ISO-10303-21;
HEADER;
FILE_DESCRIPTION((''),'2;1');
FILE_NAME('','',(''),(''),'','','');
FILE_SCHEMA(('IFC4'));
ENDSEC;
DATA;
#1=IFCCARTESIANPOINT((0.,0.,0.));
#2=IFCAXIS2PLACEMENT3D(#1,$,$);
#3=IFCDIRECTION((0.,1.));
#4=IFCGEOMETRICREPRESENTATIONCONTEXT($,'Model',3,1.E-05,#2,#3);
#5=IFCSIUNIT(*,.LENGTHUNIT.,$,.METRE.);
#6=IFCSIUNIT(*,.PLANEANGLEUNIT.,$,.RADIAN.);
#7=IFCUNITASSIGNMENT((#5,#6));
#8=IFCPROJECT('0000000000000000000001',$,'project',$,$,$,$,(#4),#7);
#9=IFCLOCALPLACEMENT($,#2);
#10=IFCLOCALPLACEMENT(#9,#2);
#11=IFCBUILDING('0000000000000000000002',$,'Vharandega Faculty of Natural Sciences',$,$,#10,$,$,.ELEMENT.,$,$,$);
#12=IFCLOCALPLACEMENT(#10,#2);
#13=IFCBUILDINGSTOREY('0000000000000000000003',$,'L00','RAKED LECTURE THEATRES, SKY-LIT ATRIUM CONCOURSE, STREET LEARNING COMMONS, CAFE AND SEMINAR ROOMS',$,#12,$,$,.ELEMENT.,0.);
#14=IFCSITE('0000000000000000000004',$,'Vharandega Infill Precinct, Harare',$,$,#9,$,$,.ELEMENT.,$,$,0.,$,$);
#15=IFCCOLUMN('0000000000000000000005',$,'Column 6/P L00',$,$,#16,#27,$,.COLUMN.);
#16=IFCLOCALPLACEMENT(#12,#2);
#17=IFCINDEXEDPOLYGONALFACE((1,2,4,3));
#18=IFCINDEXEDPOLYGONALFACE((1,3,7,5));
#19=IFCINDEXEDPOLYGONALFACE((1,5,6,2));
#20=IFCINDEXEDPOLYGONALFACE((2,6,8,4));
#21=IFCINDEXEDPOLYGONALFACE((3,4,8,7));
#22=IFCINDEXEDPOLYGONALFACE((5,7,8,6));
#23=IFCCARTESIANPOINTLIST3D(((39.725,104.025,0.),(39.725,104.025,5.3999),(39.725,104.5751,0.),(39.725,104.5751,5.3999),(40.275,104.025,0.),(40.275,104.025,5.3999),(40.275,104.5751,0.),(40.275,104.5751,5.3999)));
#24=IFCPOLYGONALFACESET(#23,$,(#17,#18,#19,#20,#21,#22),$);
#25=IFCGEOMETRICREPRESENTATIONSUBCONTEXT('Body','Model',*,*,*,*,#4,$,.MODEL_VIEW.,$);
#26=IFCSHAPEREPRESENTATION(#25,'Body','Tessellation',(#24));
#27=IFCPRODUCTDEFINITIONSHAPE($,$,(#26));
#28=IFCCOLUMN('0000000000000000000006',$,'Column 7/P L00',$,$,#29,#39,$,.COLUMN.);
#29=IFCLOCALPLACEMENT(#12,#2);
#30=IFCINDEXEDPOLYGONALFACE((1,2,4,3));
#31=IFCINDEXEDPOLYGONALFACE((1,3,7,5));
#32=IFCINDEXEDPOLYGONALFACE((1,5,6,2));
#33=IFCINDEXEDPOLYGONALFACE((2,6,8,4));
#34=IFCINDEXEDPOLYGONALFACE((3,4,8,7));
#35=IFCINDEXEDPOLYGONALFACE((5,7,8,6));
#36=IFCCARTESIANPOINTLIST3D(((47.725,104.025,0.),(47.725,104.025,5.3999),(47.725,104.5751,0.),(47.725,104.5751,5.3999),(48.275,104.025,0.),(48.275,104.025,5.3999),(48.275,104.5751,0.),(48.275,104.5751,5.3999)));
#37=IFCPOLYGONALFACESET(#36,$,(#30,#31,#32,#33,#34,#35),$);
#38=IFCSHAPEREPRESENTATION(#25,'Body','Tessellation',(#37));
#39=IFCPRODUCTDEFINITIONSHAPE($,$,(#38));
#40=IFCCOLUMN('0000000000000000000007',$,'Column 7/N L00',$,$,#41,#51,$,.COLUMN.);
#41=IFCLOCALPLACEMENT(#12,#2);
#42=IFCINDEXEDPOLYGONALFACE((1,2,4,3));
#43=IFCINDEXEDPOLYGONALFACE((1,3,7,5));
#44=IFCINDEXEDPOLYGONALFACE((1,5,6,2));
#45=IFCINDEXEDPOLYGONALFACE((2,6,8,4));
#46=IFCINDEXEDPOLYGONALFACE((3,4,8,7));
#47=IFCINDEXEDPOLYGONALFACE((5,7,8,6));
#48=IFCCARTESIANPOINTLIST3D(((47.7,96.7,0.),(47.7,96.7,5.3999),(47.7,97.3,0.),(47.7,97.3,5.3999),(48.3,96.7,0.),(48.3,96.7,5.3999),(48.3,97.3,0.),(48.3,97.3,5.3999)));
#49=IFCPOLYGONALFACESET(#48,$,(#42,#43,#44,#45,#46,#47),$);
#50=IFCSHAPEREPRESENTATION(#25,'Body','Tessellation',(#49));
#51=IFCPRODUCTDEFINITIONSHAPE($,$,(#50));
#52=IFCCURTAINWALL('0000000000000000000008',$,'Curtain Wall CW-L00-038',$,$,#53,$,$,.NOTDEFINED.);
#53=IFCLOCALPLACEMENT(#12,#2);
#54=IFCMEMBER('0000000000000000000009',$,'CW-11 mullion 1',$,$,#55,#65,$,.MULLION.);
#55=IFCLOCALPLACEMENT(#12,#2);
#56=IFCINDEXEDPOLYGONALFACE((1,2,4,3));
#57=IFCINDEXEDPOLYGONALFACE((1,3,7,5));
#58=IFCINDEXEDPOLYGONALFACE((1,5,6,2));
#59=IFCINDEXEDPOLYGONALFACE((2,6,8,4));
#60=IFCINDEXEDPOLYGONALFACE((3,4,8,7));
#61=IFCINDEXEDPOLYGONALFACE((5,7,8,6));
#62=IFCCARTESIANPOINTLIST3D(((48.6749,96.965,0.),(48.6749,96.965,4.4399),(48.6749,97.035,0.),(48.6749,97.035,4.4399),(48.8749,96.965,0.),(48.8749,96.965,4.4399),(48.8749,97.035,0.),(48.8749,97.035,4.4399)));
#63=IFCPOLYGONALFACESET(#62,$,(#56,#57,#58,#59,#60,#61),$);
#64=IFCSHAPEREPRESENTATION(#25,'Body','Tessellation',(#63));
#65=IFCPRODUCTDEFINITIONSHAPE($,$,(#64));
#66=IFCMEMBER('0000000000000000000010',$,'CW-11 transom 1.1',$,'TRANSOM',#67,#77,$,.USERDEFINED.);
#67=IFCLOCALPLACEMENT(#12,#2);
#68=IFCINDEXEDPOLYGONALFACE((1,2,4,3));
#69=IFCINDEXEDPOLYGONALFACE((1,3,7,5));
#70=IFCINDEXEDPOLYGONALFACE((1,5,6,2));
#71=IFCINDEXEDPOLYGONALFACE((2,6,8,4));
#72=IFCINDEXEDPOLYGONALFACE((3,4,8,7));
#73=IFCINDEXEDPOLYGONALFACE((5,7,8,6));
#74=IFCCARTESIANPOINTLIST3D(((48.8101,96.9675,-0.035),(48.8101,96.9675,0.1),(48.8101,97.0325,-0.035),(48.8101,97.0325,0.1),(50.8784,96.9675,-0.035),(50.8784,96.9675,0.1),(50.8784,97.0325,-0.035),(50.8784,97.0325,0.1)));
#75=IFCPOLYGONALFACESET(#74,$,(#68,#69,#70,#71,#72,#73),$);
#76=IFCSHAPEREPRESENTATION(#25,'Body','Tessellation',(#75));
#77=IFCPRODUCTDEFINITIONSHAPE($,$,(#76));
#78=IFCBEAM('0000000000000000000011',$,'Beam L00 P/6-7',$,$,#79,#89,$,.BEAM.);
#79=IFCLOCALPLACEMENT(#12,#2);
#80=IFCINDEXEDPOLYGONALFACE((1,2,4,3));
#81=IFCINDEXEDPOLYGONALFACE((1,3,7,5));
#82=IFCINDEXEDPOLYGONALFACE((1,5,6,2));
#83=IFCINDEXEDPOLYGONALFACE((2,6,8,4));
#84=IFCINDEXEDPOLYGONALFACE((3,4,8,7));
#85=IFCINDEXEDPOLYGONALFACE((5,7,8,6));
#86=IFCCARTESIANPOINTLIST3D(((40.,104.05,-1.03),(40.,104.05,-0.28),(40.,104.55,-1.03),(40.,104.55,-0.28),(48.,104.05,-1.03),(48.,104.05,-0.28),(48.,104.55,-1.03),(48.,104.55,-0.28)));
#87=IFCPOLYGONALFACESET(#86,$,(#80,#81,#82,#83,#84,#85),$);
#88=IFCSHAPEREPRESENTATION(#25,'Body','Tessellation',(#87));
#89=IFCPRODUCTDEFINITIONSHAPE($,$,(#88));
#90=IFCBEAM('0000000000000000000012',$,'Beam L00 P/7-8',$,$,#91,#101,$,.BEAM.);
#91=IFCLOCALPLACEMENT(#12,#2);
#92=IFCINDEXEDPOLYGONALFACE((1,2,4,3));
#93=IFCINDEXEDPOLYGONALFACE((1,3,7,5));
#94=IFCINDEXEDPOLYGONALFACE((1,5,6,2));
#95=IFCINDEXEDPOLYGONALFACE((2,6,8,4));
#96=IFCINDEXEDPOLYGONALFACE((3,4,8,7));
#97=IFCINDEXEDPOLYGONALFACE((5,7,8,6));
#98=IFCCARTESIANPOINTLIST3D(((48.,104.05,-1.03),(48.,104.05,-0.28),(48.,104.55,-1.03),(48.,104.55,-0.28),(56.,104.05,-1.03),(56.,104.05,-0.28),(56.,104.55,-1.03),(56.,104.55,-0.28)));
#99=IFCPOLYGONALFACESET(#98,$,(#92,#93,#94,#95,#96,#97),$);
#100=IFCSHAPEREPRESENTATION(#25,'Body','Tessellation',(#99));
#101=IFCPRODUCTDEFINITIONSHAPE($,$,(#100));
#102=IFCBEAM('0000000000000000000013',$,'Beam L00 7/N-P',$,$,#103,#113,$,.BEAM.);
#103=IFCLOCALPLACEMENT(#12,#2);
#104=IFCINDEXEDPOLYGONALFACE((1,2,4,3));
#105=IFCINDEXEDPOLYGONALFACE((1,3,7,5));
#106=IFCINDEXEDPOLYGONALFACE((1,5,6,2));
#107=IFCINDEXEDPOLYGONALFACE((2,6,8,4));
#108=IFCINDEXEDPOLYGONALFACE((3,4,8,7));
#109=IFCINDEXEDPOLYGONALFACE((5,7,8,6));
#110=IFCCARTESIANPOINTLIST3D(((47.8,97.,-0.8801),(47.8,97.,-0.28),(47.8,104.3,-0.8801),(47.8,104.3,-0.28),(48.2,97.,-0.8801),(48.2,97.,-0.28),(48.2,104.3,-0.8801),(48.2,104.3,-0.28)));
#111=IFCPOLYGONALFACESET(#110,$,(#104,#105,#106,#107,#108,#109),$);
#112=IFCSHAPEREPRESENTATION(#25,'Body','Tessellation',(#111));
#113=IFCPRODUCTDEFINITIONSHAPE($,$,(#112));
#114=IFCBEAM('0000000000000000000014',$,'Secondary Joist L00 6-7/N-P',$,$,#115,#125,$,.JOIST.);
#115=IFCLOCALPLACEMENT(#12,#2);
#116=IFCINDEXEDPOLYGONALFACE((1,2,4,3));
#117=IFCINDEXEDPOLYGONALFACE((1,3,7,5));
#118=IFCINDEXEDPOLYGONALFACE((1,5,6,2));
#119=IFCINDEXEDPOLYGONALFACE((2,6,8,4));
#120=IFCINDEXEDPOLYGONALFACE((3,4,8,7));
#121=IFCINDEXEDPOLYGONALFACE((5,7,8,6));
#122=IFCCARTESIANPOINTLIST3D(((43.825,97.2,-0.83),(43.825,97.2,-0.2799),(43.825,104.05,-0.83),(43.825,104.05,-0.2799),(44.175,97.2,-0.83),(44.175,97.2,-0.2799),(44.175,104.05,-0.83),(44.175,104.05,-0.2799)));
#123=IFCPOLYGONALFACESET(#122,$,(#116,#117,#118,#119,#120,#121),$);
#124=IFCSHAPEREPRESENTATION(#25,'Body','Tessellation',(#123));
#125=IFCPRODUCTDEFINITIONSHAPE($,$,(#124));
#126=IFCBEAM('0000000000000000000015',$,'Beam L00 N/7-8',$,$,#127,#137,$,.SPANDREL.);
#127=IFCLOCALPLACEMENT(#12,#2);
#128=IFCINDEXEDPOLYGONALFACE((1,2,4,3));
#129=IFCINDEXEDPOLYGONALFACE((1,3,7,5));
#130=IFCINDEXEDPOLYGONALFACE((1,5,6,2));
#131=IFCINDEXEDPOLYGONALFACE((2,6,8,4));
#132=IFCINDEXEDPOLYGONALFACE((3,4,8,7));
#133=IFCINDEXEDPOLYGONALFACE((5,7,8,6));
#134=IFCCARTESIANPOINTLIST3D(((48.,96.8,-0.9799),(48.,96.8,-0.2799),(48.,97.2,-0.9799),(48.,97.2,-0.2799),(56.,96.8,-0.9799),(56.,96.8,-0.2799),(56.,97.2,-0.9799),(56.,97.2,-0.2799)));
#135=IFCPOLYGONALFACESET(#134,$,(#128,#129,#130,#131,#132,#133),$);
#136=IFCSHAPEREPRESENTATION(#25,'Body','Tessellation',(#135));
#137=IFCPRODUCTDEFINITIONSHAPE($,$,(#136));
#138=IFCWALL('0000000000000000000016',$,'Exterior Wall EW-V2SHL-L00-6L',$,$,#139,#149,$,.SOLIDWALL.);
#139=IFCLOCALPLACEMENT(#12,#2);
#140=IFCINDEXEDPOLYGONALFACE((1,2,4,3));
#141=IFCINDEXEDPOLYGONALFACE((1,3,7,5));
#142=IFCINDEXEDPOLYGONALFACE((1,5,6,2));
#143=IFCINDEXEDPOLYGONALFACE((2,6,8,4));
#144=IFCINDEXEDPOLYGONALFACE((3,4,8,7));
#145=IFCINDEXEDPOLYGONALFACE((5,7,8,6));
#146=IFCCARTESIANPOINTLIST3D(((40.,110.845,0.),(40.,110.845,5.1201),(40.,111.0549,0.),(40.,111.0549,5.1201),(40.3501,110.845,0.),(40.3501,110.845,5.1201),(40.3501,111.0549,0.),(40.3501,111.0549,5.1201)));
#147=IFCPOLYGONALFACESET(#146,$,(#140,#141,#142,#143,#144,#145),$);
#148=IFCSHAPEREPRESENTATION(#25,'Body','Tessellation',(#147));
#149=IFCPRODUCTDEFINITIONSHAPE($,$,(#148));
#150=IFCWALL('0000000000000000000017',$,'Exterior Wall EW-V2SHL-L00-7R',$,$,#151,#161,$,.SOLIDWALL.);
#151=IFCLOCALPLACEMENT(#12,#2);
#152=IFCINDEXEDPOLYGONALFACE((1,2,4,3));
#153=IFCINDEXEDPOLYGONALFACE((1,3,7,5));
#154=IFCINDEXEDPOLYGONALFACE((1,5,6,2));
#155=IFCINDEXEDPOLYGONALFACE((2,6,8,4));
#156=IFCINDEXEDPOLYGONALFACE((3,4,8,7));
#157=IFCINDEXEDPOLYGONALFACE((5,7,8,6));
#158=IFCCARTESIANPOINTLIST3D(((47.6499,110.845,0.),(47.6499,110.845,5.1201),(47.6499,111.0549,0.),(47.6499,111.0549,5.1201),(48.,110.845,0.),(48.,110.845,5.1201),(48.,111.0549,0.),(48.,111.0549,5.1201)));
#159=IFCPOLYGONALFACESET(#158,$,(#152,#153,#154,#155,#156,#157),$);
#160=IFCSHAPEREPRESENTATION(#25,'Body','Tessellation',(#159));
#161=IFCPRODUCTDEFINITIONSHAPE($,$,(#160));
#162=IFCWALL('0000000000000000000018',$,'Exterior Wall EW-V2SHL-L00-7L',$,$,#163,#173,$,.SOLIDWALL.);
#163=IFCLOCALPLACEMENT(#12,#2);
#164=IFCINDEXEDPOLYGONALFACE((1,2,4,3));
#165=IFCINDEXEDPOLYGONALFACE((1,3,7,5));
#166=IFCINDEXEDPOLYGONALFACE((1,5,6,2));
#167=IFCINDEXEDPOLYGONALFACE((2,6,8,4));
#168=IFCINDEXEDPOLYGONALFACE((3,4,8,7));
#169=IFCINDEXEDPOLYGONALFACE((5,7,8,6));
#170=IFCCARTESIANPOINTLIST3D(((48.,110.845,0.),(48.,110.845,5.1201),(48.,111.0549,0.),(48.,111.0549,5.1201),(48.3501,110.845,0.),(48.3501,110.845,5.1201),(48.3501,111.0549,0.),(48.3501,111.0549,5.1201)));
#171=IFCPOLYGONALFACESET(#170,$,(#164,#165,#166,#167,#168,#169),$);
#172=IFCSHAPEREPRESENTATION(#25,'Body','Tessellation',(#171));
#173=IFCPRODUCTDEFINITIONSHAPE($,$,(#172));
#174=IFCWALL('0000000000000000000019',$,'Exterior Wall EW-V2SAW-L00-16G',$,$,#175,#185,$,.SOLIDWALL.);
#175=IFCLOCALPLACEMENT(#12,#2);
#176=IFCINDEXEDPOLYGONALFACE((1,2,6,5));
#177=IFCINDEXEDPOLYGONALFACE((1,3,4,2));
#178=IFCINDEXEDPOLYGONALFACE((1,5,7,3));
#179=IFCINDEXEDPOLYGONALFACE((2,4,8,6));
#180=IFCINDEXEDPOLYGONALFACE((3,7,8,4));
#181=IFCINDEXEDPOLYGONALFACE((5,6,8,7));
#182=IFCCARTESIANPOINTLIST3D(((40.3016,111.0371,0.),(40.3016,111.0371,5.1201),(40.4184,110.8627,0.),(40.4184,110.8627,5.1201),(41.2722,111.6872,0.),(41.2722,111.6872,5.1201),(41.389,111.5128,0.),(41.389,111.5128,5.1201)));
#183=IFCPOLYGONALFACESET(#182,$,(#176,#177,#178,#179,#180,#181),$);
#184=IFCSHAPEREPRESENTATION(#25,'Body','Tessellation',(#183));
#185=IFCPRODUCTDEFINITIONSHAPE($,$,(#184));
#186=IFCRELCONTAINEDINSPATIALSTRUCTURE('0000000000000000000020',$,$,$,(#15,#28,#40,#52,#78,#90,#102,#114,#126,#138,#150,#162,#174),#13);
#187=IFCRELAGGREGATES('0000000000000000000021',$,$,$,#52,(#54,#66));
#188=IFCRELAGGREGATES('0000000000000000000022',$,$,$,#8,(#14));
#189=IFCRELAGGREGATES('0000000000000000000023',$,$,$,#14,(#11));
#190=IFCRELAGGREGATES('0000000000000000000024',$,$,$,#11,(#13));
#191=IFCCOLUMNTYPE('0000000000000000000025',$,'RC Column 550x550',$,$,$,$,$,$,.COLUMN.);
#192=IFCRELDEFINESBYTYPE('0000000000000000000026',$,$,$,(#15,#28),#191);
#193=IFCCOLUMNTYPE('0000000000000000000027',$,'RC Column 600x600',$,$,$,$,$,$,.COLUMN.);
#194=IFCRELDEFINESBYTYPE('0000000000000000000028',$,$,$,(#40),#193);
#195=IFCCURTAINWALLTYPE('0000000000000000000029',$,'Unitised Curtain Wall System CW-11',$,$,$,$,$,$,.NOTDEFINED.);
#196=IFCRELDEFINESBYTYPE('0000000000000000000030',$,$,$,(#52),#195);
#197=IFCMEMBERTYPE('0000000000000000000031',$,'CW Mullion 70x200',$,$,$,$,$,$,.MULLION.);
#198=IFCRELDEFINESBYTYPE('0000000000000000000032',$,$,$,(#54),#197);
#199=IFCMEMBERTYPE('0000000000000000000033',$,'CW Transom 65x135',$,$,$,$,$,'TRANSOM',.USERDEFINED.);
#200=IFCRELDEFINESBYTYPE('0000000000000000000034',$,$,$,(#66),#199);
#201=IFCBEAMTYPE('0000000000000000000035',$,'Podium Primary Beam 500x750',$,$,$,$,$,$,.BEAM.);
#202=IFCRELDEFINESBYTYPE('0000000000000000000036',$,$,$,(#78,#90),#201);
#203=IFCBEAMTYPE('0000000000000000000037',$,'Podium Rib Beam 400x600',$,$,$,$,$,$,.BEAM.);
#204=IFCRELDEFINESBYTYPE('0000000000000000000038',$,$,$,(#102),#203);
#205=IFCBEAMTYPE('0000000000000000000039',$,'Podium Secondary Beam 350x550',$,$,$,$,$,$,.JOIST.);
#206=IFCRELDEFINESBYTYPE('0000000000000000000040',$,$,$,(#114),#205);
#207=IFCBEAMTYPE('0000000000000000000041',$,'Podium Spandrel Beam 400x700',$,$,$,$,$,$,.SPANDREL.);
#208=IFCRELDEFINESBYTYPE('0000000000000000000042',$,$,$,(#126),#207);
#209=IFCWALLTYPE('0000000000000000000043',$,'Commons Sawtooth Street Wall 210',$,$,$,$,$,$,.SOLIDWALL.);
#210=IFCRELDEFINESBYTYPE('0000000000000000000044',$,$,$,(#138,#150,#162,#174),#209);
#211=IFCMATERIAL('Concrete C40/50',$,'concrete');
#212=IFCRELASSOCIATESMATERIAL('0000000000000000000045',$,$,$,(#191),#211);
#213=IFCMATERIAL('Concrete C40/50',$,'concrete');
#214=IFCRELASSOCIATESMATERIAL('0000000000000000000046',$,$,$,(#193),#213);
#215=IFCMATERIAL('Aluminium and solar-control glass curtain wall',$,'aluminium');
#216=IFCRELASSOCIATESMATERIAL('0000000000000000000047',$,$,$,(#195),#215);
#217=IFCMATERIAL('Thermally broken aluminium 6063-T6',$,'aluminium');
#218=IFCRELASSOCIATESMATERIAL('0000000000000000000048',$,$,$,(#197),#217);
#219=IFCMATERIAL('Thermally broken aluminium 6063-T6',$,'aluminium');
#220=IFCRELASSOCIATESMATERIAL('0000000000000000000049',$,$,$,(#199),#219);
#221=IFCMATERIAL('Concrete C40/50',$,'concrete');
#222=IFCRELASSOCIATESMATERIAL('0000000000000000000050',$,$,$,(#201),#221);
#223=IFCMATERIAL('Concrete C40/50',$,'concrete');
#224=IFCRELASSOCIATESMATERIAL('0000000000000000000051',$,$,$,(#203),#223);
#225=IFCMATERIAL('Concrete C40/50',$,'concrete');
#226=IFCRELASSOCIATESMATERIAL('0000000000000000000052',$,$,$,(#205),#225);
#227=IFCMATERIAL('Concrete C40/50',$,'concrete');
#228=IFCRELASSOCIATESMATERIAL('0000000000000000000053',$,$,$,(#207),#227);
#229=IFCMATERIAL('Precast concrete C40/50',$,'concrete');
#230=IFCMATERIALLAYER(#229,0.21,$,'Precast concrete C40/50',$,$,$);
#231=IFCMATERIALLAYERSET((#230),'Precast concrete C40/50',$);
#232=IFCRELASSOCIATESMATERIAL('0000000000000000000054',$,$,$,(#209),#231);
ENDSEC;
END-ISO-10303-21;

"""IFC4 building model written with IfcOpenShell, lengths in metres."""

from ifc_helpers import new_model, si_unit, direction, frame, frame_2d, origin, origin_2d, place, context, subcontext, project, spatial, rectangle, extrude, material, layer, layer_set, material_profile, profile_set, type_object, element, aggregate, save


model = new_model("IFC4")

# Units and contexts
model_context = context("Model", 3, precision=1e-05, world=origin(), true_north=direction((0.0, 1.0)))
body_context = subcontext(model_context, "Body", "Model", "MODEL_VIEW")
ifc_project = project(units=[si_unit("LENGTHUNIT", "METRE"), si_unit("PLANEANGLEUNIT", "RADIAN")], contexts=[model_context])

# Site, building, storey
site_placement = place(None, origin())
site = spatial("IfcSite", under=ifc_project, at=site_placement, Name="Vharandega Infill Precinct, Harare", CompositionType="ELEMENT", RefElevation=0.0)
building_placement = place(site_placement, origin())
building = spatial("IfcBuilding", under=site, at=building_placement, Name="Vharandega Faculty of Natural Sciences", CompositionType="ELEMENT")
storey_placement = place(building_placement, origin())
storey = spatial("IfcBuildingStorey", under=building, at=storey_placement, Name="L00", Description="RAKED LECTURE THEATRES, SKY-LIT ATRIUM CONCOURSE, STREET LEARNING COMMONS, CAFE AND SEMINAR ROOMS", CompositionType="ELEMENT", Elevation=0.0)

# Columns
ifc_material_1 = material(Name="Concrete C40/50", Category="concrete")
ifc_material_profile_1 = material_profile(ifc_material_1, rectangle(XDim=0.55, YDim=0.55, at=origin_2d()), Name="RC 550x550")
ifc_profile_set_1 = profile_set([ifc_material_profile_1], Name="Concrete C40/50")
column_type_1 = type_object("IfcColumnType", Name="RC Column 550x550", PredefinedType="COLUMN", material=ifc_profile_set_1)
for number, where, z_axis, x_axis, name in (
    (1, (40.0, 104.3, 0.0), (0.0, 0.0, 1.0), (1.0, 0.0, 0.0), "Column 6/P L00"),
    (2, (48.0, 104.3, 0.0), (0.0, 0.0, 1.0), (1.0, 0.0, 0.0), "Column 7/P L00"),
):
    element("IfcColumn", number, at=place(storey_placement, frame(where, z_axis=z_axis, x_axis=x_axis)), inside=storey, type_object=column_type_1, Name=name, PredefinedType="COLUMN", context=body_context, shape_type="SweptSolid", body=[
        extrude(rectangle(XDim=0.55, YDim=0.55, at=origin_2d()), origin(), (0.0, 0.0, 1.0), 5.3999),
    ])
ifc_material_2 = material(Name="Concrete C40/50", Category="concrete")
ifc_material_profile_2 = material_profile(ifc_material_2, rectangle(XDim=0.6001, YDim=0.6001, at=origin_2d()), Name="RC 600x600")
ifc_profile_set_2 = profile_set([ifc_material_profile_2], Name="Concrete C40/50")
column_type_2 = type_object("IfcColumnType", Name="RC Column 600x600", PredefinedType="COLUMN", material=ifc_profile_set_2)
column_placement = place(storey_placement, frame((48.0, 97.0, 0.0), z_axis=(0.0, 0.0, 1.0), x_axis=(1.0, 0.0, 0.0)))
element("IfcColumn", 3, at=column_placement, inside=storey, type_object=column_type_2, Name="Column 7/N L00", PredefinedType="COLUMN", context=body_context, shape_type="SweptSolid", body=[
    extrude(rectangle(XDim=0.6001, YDim=0.6001, at=origin_2d()), origin(), (0.0, 0.0, 1.0), 5.3999),
])

# Curtain wall, members
ifc_material_3 = material(Name="Aluminium and solar-control glass curtain wall", Category="aluminium")
curtain_wall_type = type_object("IfcCurtainWallType", Name="Unitised Curtain Wall System CW-11", PredefinedType="NOTDEFINED", material=ifc_material_3)
curtain_wall_placement = place(storey_placement, origin())
curtain_wall = element("IfcCurtainWall", 4, at=curtain_wall_placement, inside=storey, type_object=curtain_wall_type, Name="Curtain Wall CW-L00-038", PredefinedType="NOTDEFINED")
ifc_material_4 = material(Name="Thermally broken aluminium 6063-T6", Category="aluminium")
ifc_material_profile_3 = material_profile(ifc_material_4, rectangle(XDim=0.0701, YDim=0.2, at=origin_2d()), Name="ALU 70x200")
ifc_profile_set_3 = profile_set([ifc_material_profile_3], Name="Thermally broken aluminium 6063-T6")
member_type_1 = type_object("IfcMemberType", Name="CW Mullion 70x200", PredefinedType="MULLION", material=ifc_profile_set_3)
member_1_placement = place(storey_placement, frame((48.7749, 97.0, 0.0), z_axis=(0.0, 0.0, 1.0), x_axis=(0.0, 1.0, 0.0)))
member_1 = element("IfcMember", 5, at=member_1_placement, type_object=member_type_1, Name="CW-11 mullion 1", PredefinedType="MULLION", context=body_context, shape_type="SweptSolid", body=[
    extrude(rectangle(XDim=0.0701, YDim=0.2, at=origin_2d()), origin(), (0.0, 0.0, 1.0), 4.4399),
])
ifc_material_5 = material(Name="Thermally broken aluminium 6063-T6", Category="aluminium")
ifc_material_profile_4 = material_profile(ifc_material_5, rectangle(XDim=0.0649, YDim=0.135, at=origin_2d()), Name="ALU 65x135")
ifc_profile_set_4 = profile_set([ifc_material_profile_4], Name="Thermally broken aluminium 6063-T6")
member_type_2 = type_object("IfcMemberType", Name="CW Transom 65x135", ElementType="TRANSOM", PredefinedType="USERDEFINED", material=ifc_profile_set_4)
member_2_placement = place(storey_placement, frame((48.8101, 97.0, 0.0325), z_axis=(1.0, 0.0, 0.0), x_axis=(0.0, 1.0, 0.0)))
member_2 = element("IfcMember", 6, at=member_2_placement, type_object=member_type_2, Name="CW-11 transom 1.1", ObjectType="TRANSOM", PredefinedType="USERDEFINED", context=body_context, shape_type="SweptSolid", body=[
    extrude(rectangle(XDim=0.0649, YDim=0.135, at=origin_2d()), origin(), (0.0, 0.0, 1.0), 2.0684),
])
aggregate(curtain_wall, [member_1, member_2])

# Beams
ifc_material_6 = material(Name="Concrete C40/50", Category="concrete")
ifc_material_profile_5 = material_profile(ifc_material_6, rectangle(XDim=0.5, YDim=0.75, at=origin_2d()), Name="RC 500x750")
ifc_profile_set_5 = profile_set([ifc_material_profile_5], Name="Concrete C40/50")
beam_type_1 = type_object("IfcBeamType", Name="Podium Primary Beam 500x750", PredefinedType="BEAM", material=ifc_profile_set_5)
for number, where, z_axis, x_axis, name in (
    (7, (40.0, 104.3, -0.655), (1.0, 0.0, 0.0), (0.0, 1.0, 0.0), "Beam L00 P/6-7"),
    (8, (48.0, 104.3, -0.655), (1.0, 0.0, 0.0), (0.0, 1.0, 0.0), "Beam L00 P/7-8"),
):
    element("IfcBeam", number, at=place(storey_placement, frame(where, z_axis=z_axis, x_axis=x_axis)), inside=storey, type_object=beam_type_1, Name=name, PredefinedType="BEAM", context=body_context, shape_type="SweptSolid", body=[
        extrude(rectangle(XDim=0.5, YDim=0.75, at=origin_2d()), origin(), (0.0, 0.0, 1.0), 8.0),
    ])
ifc_material_7 = material(Name="Concrete C40/50", Category="concrete")
ifc_material_profile_6 = material_profile(ifc_material_7, rectangle(XDim=0.3999, YDim=0.6001, at=origin_2d()), Name="RC 400x600")
ifc_profile_set_6 = profile_set([ifc_material_profile_6], Name="Concrete C40/50")
beam_type_2 = type_object("IfcBeamType", Name="Podium Rib Beam 400x600", PredefinedType="BEAM", material=ifc_profile_set_6)
beam_1_placement = place(storey_placement, frame((48.0, 97.0, -0.5801), z_axis=(0.0, 1.0, 0.0), x_axis=(-1.0, 0.0, 0.0)))
element("IfcBeam", 9, at=beam_1_placement, inside=storey, type_object=beam_type_2, Name="Beam L00 7/N-P", PredefinedType="BEAM", context=body_context, shape_type="SweptSolid", body=[
    extrude(rectangle(XDim=0.3999, YDim=0.6001, at=origin_2d()), origin(), (0.0, 0.0, 1.0), 7.3),
])
ifc_material_8 = material(Name="Concrete C40/50", Category="concrete")
ifc_material_profile_7 = material_profile(ifc_material_8, rectangle(XDim=0.3501, YDim=0.55, at=origin_2d()), Name="RC 350x550")
ifc_profile_set_7 = profile_set([ifc_material_profile_7], Name="Concrete C40/50")
beam_type_3 = type_object("IfcBeamType", Name="Podium Secondary Beam 350x550", PredefinedType="JOIST", material=ifc_profile_set_7)
beam_2_placement = place(storey_placement, frame((44.0, 97.2, -0.5549), z_axis=(0.0, 1.0, 0.0), x_axis=(-1.0, 0.0, 0.0)))
element("IfcBeam", 10, at=beam_2_placement, inside=storey, type_object=beam_type_3, Name="Secondary Joist L00 6-7/N-P", PredefinedType="JOIST", context=body_context, shape_type="SweptSolid", body=[
    extrude(rectangle(XDim=0.3501, YDim=0.55, at=origin_2d()), origin(), (0.0, 0.0, 1.0), 6.8501),
])
ifc_material_9 = material(Name="Concrete C40/50", Category="concrete")
ifc_material_profile_8 = material_profile(ifc_material_9, rectangle(XDim=0.3999, YDim=0.7, at=origin_2d()), Name="RC 400x700")
ifc_profile_set_8 = profile_set([ifc_material_profile_8], Name="Concrete C40/50")
beam_type_4 = type_object("IfcBeamType", Name="Podium Spandrel Beam 400x700", PredefinedType="SPANDREL", material=ifc_profile_set_8)
beam_3_placement = place(storey_placement, frame((48.0, 97.0, -0.6299), z_axis=(1.0, 0.0, 0.0), x_axis=(0.0, 1.0, 0.0)))
element("IfcBeam", 11, at=beam_3_placement, inside=storey, type_object=beam_type_4, Name="Beam L00 N/7-8", PredefinedType="SPANDREL", context=body_context, shape_type="SweptSolid", body=[
    extrude(rectangle(XDim=0.3999, YDim=0.7, at=origin_2d()), origin(), (0.0, 0.0, 1.0), 8.0),
])

# Walls
ifc_material_10 = material(Name="Precast concrete C40/50", Category="concrete")
ifc_layer_1 = layer(ifc_material_10, 0.21, Name="Precast concrete C40/50")
ifc_layer_set_1 = layer_set([ifc_layer_1], Name="Precast concrete C40/50")
wall_type_1 = type_object("IfcWallType", Name="Commons Sawtooth Street Wall 210", PredefinedType="SOLIDWALL", material=ifc_layer_set_1)
for number, where, z_axis, x_axis, name in (
    (12, (40.0, 110.95, 0.0), (0.0, 0.0, 1.0), (1.0, 0.0, 0.0), "Exterior Wall EW-V2SHL-L00-6L"),
    (13, (47.6499, 110.95, 0.0), (0.0, 0.0, 1.0), (1.0, 0.0, 0.0), "Exterior Wall EW-V2SHL-L00-7R"),
    (14, (48.0, 110.95, 0.0), (0.0, 0.0, 1.0), (1.0, 0.0, 0.0), "Exterior Wall EW-V2SHL-L00-7L"),
):
    element("IfcWall", number, at=place(storey_placement, frame(where, z_axis=z_axis, x_axis=x_axis)), inside=storey, type_object=wall_type_1, Name=name, PredefinedType="SOLIDWALL", context=body_context, shape_type="SweptSolid", body=[
        extrude(rectangle(XDim=0.3501, YDim=0.21, at=frame_2d((0.175, 0.0))), origin(), (0.0, 0.0, 1.0), 5.1201),
    ])
wall_1_placement = place(storey_placement, frame((40.3601, 110.95, 0.0), z_axis=(0.0, 0.0, 1.0), x_axis=(0.830859, 0.556483, 0.0)))
element("IfcWall", 15, at=wall_1_placement, inside=storey, type_object=wall_type_1, Name="Exterior Wall EW-V2SAW-L00-16G", PredefinedType="SOLIDWALL", context=body_context, shape_type="SweptSolid", body=[
    extrude(rectangle(XDim=1.1682, YDim=0.21, at=frame_2d((0.584, 0.0))), origin(), (0.0, 0.0, 1.0), 5.1201),
])

save(model, "model.ifc")
